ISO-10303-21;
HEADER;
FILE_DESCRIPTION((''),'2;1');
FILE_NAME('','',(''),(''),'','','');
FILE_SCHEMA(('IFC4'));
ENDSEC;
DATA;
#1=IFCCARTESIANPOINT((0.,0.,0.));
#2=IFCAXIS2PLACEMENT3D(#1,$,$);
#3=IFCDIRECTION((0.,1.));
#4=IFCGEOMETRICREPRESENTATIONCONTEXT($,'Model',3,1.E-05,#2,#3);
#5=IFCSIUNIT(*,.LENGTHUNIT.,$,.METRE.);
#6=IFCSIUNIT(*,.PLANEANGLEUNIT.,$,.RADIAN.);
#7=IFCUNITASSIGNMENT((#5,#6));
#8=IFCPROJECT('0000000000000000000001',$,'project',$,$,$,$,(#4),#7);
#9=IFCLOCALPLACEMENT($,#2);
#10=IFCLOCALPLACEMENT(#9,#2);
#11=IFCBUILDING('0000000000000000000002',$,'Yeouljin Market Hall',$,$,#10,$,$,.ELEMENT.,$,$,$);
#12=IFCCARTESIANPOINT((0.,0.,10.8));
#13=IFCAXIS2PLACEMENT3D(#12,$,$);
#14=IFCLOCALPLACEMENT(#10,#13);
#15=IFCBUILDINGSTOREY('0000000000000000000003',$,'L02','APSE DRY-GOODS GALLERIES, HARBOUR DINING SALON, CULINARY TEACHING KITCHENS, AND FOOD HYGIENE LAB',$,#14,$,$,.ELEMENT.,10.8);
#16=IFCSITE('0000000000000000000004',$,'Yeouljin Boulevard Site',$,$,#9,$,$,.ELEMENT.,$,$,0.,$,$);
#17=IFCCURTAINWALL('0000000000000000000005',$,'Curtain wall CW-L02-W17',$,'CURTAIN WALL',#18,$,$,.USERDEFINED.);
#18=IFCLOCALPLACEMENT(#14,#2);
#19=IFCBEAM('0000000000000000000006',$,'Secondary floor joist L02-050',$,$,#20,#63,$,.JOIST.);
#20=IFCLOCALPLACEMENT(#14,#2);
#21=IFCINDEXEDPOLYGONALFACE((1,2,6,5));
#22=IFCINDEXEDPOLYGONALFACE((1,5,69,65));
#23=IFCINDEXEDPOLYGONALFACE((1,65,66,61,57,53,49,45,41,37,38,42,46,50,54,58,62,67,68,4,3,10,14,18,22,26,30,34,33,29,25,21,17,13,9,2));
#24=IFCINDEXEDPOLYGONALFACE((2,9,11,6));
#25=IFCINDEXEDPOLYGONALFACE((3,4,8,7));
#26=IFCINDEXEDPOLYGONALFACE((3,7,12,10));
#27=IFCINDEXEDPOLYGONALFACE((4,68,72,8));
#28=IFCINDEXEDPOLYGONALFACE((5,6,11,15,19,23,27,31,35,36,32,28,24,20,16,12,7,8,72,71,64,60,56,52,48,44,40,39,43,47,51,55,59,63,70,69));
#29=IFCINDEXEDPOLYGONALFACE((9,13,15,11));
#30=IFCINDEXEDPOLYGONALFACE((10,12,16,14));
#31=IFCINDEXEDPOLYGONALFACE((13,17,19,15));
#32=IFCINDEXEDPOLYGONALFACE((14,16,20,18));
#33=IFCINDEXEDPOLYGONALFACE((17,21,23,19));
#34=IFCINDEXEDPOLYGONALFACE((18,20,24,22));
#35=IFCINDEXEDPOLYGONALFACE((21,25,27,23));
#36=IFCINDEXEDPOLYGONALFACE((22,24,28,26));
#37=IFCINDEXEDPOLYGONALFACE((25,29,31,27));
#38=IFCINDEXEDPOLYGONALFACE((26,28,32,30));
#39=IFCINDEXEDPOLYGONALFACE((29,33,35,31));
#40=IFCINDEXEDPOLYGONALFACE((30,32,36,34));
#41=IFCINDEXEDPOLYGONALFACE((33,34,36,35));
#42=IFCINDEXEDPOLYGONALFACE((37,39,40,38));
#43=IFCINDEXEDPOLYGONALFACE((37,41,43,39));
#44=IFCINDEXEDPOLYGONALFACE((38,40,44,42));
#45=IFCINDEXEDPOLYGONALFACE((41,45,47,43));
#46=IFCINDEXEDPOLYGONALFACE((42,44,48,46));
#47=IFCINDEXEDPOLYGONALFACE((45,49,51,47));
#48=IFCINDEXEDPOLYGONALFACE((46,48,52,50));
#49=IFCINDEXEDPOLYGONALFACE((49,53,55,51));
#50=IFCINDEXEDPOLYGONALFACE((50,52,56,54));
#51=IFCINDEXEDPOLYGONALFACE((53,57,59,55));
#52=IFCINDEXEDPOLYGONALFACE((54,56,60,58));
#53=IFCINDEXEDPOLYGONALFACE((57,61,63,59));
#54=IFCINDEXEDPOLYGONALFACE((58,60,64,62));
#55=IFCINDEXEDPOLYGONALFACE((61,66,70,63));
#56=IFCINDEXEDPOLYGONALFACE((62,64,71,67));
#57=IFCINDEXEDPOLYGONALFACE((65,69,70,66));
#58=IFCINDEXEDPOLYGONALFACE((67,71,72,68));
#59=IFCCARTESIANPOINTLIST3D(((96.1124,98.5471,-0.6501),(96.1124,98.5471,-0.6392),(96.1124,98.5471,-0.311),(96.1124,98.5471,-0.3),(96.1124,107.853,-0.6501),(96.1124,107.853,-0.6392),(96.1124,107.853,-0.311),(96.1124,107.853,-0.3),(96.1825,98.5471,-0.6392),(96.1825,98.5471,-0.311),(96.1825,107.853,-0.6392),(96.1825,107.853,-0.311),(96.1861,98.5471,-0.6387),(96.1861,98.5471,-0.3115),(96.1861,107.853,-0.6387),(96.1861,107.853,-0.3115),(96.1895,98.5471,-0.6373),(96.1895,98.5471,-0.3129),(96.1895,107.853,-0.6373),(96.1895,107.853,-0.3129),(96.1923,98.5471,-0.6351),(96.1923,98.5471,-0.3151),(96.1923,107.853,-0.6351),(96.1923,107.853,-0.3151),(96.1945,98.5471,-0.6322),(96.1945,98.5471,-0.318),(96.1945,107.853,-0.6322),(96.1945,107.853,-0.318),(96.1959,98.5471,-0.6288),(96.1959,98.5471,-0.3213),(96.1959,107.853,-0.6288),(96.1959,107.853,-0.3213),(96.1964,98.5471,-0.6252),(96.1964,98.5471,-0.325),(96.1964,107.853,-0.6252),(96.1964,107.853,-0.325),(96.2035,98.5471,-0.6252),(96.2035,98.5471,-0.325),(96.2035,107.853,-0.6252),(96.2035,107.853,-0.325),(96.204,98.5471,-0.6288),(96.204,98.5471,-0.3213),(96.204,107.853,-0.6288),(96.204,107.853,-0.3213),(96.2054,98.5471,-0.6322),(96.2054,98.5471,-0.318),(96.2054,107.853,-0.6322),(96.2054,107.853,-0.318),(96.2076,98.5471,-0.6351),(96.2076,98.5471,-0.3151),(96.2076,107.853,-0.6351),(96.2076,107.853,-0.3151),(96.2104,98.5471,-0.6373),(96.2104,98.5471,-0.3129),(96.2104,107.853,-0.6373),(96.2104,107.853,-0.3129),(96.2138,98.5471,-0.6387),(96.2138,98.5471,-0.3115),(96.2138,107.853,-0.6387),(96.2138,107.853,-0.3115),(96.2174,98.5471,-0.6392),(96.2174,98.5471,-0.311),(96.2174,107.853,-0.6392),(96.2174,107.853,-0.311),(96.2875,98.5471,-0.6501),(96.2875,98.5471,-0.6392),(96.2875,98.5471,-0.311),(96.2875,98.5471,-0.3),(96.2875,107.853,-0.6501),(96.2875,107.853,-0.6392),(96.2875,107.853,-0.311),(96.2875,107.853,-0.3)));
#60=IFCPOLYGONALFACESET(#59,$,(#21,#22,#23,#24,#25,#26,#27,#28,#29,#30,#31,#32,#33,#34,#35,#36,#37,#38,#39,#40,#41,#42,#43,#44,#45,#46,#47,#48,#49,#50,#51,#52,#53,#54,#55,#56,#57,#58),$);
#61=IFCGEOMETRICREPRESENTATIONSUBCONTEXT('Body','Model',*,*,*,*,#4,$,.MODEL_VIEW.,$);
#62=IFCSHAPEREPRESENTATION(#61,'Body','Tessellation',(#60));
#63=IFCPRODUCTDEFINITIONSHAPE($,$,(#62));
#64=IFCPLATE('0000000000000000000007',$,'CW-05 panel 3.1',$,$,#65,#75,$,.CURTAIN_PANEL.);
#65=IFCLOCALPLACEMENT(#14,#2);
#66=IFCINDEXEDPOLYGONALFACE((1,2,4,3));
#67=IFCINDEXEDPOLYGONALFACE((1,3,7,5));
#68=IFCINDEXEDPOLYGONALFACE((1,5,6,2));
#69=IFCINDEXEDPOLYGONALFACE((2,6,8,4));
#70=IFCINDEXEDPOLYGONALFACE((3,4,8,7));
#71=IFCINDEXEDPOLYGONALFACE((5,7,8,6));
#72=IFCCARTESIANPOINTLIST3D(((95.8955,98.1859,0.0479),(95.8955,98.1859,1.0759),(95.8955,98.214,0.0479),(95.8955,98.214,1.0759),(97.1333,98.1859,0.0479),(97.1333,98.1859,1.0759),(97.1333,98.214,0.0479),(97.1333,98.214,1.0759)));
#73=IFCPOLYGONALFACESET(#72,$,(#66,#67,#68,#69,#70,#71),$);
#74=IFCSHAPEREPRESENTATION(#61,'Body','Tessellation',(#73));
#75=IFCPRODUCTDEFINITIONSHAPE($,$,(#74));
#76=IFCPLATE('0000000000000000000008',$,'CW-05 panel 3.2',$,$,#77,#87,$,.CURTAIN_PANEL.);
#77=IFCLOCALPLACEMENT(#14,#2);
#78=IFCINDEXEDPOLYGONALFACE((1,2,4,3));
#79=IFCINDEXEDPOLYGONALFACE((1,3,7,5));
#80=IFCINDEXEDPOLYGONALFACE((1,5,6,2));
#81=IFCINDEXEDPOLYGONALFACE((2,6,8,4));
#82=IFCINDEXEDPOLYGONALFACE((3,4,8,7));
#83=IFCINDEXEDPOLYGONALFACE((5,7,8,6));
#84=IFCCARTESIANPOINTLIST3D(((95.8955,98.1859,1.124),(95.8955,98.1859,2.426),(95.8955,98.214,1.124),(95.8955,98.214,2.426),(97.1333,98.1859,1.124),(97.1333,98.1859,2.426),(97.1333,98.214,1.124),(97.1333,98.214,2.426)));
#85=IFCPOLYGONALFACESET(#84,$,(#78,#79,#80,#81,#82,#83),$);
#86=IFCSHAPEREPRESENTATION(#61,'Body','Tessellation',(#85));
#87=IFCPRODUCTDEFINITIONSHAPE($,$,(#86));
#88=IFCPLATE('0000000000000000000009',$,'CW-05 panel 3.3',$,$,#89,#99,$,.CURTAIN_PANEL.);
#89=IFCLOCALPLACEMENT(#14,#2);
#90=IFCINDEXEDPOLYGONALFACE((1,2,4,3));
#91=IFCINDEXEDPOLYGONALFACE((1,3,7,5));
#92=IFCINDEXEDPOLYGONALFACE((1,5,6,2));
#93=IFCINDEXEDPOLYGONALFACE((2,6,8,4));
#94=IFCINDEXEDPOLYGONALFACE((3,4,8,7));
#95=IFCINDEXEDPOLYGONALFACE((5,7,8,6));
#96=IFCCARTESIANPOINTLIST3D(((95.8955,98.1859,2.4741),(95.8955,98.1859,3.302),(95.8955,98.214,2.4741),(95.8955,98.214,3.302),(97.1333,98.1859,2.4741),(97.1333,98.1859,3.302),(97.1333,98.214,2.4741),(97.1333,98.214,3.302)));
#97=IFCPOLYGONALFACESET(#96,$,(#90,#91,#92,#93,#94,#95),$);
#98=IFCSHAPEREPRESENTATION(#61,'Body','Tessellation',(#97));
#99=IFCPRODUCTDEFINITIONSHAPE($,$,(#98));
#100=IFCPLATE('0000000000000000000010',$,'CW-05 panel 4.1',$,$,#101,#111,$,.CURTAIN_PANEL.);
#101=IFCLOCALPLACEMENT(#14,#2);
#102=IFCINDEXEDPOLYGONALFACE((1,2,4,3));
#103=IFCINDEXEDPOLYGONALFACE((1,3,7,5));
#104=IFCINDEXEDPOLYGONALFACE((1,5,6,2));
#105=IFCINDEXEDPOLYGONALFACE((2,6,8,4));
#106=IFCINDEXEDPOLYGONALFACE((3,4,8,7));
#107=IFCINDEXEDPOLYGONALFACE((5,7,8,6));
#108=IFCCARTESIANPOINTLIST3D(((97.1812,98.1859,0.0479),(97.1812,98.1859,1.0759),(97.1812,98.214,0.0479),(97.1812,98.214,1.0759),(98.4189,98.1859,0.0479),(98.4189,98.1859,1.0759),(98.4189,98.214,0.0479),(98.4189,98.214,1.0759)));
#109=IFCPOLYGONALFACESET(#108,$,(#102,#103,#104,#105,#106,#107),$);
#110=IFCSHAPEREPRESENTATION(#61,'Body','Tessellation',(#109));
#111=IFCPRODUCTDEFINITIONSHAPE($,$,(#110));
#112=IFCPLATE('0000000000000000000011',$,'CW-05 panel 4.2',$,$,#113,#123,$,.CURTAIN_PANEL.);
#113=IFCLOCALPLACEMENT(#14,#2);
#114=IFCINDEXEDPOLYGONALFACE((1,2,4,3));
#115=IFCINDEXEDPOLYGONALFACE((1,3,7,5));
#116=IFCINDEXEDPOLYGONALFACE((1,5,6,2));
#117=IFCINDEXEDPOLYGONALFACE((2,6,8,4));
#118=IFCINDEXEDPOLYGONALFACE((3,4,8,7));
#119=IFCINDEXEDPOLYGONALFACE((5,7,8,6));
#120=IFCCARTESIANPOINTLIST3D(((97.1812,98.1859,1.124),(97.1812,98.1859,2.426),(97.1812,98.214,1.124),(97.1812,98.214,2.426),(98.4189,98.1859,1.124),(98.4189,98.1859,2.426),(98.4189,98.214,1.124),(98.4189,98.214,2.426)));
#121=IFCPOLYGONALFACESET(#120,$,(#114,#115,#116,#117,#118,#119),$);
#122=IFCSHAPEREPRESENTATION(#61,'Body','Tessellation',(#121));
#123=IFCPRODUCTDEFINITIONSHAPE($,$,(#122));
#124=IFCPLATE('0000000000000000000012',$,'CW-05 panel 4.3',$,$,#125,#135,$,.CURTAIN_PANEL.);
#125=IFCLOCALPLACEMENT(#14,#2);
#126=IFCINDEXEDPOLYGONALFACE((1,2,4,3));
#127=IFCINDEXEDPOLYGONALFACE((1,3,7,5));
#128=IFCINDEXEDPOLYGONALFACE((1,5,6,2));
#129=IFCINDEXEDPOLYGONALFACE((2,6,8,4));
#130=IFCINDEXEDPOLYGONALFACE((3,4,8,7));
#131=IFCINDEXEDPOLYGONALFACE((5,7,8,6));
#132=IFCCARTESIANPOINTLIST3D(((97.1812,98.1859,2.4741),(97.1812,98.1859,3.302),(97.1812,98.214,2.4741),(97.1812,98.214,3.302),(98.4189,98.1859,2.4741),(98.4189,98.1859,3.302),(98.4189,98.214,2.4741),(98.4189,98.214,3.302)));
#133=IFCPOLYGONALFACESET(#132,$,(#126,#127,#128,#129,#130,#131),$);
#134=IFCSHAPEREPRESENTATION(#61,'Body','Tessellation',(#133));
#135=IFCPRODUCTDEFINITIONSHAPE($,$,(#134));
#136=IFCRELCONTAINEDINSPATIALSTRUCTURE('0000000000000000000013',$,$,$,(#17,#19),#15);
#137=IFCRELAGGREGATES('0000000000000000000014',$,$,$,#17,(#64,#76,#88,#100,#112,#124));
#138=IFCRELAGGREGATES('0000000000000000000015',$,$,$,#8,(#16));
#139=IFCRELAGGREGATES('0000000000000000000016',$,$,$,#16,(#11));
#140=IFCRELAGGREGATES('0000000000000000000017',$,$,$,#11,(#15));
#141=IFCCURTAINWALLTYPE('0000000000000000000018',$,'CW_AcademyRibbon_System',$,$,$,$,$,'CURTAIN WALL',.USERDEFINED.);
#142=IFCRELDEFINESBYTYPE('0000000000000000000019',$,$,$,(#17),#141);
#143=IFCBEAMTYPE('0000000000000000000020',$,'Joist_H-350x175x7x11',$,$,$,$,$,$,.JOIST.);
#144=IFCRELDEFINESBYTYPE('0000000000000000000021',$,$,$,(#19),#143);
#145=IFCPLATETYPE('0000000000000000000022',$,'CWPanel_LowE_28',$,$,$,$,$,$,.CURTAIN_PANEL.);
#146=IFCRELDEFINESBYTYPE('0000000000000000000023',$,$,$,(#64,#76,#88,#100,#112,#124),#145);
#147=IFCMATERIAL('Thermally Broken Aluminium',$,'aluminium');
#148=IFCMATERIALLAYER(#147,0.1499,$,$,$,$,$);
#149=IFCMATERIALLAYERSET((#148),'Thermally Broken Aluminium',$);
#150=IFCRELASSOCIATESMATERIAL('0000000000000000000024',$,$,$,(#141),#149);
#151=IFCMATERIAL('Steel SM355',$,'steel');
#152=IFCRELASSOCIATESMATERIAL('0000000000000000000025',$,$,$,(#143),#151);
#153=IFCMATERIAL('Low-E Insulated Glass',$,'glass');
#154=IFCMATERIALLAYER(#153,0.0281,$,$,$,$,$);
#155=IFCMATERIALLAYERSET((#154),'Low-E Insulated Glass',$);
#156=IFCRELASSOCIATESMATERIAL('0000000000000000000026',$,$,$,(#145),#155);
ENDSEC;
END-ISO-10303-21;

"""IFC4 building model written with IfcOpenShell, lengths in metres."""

from ifc_helpers import new_model, si_unit, direction, frame, origin, origin_2d, place, context, subcontext, project, spatial, rectangle, i_section, extrude, material, layer, layer_set, material_profile, profile_set, type_object, element, aggregate, save


model = new_model("IFC4")

# Units and contexts
model_context = context("Model", 3, precision=1e-05, world=origin(), true_north=direction((0.0, 1.0)))
body_context = subcontext(model_context, "Body", "Model", "MODEL_VIEW")
ifc_project = project(units=[si_unit("LENGTHUNIT", "METRE"), si_unit("PLANEANGLEUNIT", "RADIAN")], contexts=[model_context])

# Site, building, storey
site_placement = place(None, origin())
site = spatial("IfcSite", under=ifc_project, at=site_placement, Name="Yeouljin Boulevard Site", CompositionType="ELEMENT", RefElevation=0.0)
building_placement = place(site_placement, origin())
building = spatial("IfcBuilding", under=site, at=building_placement, Name="Yeouljin Market Hall", CompositionType="ELEMENT")
storey_placement = place(building_placement, frame((0.0, 0.0, 10.8)))
storey = spatial("IfcBuildingStorey", under=building, at=storey_placement, Name="L02", Description="APSE DRY-GOODS GALLERIES, HARBOUR DINING SALON, CULINARY TEACHING KITCHENS, AND FOOD HYGIENE LAB", CompositionType="ELEMENT", Elevation=10.8)

# Curtain wall
ifc_material_1 = material(Name="Thermally Broken Aluminium", Category="aluminium")
ifc_layer_1 = layer(ifc_material_1, 0.1499)
ifc_layer_set_1 = layer_set([ifc_layer_1], Name="Thermally Broken Aluminium")
curtain_wall_type = type_object("IfcCurtainWallType", Name="CW_AcademyRibbon_System", ElementType="CURTAIN WALL", PredefinedType="USERDEFINED", material=ifc_layer_set_1)
curtain_wall_placement = place(storey_placement, origin())
curtain_wall = element("IfcCurtainWall", 1, at=curtain_wall_placement, inside=storey, type_object=curtain_wall_type, Name="Curtain wall CW-L02-W17", ObjectType="CURTAIN WALL", PredefinedType="USERDEFINED")

# Beam
ifc_material_2 = material(Name="Steel SM355", Category="steel")
ifc_material_profile_1 = material_profile(ifc_material_2, i_section(OverallWidth=0.175, OverallDepth=0.3501, WebThickness=0.0071, FlangeThickness=0.011, FilletRadius=0.0139, at=origin_2d()), Name="H-350x175x7x11")
ifc_profile_set_1 = profile_set([ifc_material_profile_1], Name="Steel SM355")
beam_type = type_object("IfcBeamType", Name="Joist_H-350x175x7x11", PredefinedType="JOIST", material=ifc_profile_set_1)
beam_placement = place(storey_placement, frame((96.2, 98.5471, -0.4751), z_axis=(0.0, 1.0, 0.0), x_axis=(-1.0, 0.0, 0.0)))
element("IfcBeam", 2, at=beam_placement, inside=storey, type_object=beam_type, Name="Secondary floor joist L02-050", PredefinedType="JOIST", context=body_context, shape_type="SweptSolid", body=[
    extrude(i_section(OverallWidth=0.175, OverallDepth=0.3501, WebThickness=0.0071, FlangeThickness=0.011, FilletRadius=0.0139, at=origin_2d()), origin(), (0.0, 0.0, 1.0), 9.3059),
])

# Plates
ifc_material_3 = material(Name="Low-E Insulated Glass", Category="glass")
ifc_layer_2 = layer(ifc_material_3, 0.0281)
ifc_layer_set_2 = layer_set([ifc_layer_2], Name="Low-E Insulated Glass")
plate_type = type_object("IfcPlateType", Name="CWPanel_LowE_28", PredefinedType="CURTAIN_PANEL", material=ifc_layer_set_2)
plate_1_placement = place(storey_placement, frame((96.5144, 98.2, 0.0479), z_axis=(0.0, 0.0, 1.0), x_axis=(1.0, 0.0, 0.0)))
plate_1 = element("IfcPlate", 3, at=plate_1_placement, type_object=plate_type, Name="CW-05 panel 3.1", PredefinedType="CURTAIN_PANEL", context=body_context, shape_type="SweptSolid", body=[
    extrude(rectangle(XDim=1.2378, YDim=0.0281, at=origin_2d()), origin(), (0.0, 0.0, 1.0), 1.0281),
])
plate_2_placement = place(storey_placement, frame((96.5144, 98.2, 1.124), z_axis=(0.0, 0.0, 1.0), x_axis=(1.0, 0.0, 0.0)))
plate_2 = element("IfcPlate", 4, at=plate_2_placement, type_object=plate_type, Name="CW-05 panel 3.2", PredefinedType="CURTAIN_PANEL", context=body_context, shape_type="SweptSolid", body=[
    extrude(rectangle(XDim=1.2378, YDim=0.0281, at=origin_2d()), origin(), (0.0, 0.0, 1.0), 1.302),
])
plate_3_placement = place(storey_placement, frame((96.5144, 98.2, 2.4741), z_axis=(0.0, 0.0, 1.0), x_axis=(1.0, 0.0, 0.0)))
plate_3 = element("IfcPlate", 5, at=plate_3_placement, type_object=plate_type, Name="CW-05 panel 3.3", PredefinedType="CURTAIN_PANEL", context=body_context, shape_type="SweptSolid", body=[
    extrude(rectangle(XDim=1.2378, YDim=0.0281, at=origin_2d()), origin(), (0.0, 0.0, 1.0), 0.8279),
])
plate_4_placement = place(storey_placement, frame((97.8, 98.2, 0.0479), z_axis=(0.0, 0.0, 1.0), x_axis=(1.0, 0.0, 0.0)))
plate_4 = element("IfcPlate", 6, at=plate_4_placement, type_object=plate_type, Name="CW-05 panel 4.1", PredefinedType="CURTAIN_PANEL", context=body_context, shape_type="SweptSolid", body=[
    extrude(rectangle(XDim=1.2378, YDim=0.0281, at=origin_2d()), origin(), (0.0, 0.0, 1.0), 1.0281),
])
plate_5_placement = place(storey_placement, frame((97.8, 98.2, 1.124), z_axis=(0.0, 0.0, 1.0), x_axis=(1.0, 0.0, 0.0)))
plate_5 = element("IfcPlate", 7, at=plate_5_placement, type_object=plate_type, Name="CW-05 panel 4.2", PredefinedType="CURTAIN_PANEL", context=body_context, shape_type="SweptSolid", body=[
    extrude(rectangle(XDim=1.2378, YDim=0.0281, at=origin_2d()), origin(), (0.0, 0.0, 1.0), 1.302),
])
plate_6_placement = place(storey_placement, frame((97.8, 98.2, 2.4741), z_axis=(0.0, 0.0, 1.0), x_axis=(1.0, 0.0, 0.0)))
plate_6 = element("IfcPlate", 8, at=plate_6_placement, type_object=plate_type, Name="CW-05 panel 4.3", PredefinedType="CURTAIN_PANEL", context=body_context, shape_type="SweptSolid", body=[
    extrude(rectangle(XDim=1.2378, YDim=0.0281, at=origin_2d()), origin(), (0.0, 0.0, 1.0), 0.8279),
])
aggregate(curtain_wall, [plate_1, plate_2, plate_3, plate_4, plate_5, plate_6])

save(model, "model.ifc")
